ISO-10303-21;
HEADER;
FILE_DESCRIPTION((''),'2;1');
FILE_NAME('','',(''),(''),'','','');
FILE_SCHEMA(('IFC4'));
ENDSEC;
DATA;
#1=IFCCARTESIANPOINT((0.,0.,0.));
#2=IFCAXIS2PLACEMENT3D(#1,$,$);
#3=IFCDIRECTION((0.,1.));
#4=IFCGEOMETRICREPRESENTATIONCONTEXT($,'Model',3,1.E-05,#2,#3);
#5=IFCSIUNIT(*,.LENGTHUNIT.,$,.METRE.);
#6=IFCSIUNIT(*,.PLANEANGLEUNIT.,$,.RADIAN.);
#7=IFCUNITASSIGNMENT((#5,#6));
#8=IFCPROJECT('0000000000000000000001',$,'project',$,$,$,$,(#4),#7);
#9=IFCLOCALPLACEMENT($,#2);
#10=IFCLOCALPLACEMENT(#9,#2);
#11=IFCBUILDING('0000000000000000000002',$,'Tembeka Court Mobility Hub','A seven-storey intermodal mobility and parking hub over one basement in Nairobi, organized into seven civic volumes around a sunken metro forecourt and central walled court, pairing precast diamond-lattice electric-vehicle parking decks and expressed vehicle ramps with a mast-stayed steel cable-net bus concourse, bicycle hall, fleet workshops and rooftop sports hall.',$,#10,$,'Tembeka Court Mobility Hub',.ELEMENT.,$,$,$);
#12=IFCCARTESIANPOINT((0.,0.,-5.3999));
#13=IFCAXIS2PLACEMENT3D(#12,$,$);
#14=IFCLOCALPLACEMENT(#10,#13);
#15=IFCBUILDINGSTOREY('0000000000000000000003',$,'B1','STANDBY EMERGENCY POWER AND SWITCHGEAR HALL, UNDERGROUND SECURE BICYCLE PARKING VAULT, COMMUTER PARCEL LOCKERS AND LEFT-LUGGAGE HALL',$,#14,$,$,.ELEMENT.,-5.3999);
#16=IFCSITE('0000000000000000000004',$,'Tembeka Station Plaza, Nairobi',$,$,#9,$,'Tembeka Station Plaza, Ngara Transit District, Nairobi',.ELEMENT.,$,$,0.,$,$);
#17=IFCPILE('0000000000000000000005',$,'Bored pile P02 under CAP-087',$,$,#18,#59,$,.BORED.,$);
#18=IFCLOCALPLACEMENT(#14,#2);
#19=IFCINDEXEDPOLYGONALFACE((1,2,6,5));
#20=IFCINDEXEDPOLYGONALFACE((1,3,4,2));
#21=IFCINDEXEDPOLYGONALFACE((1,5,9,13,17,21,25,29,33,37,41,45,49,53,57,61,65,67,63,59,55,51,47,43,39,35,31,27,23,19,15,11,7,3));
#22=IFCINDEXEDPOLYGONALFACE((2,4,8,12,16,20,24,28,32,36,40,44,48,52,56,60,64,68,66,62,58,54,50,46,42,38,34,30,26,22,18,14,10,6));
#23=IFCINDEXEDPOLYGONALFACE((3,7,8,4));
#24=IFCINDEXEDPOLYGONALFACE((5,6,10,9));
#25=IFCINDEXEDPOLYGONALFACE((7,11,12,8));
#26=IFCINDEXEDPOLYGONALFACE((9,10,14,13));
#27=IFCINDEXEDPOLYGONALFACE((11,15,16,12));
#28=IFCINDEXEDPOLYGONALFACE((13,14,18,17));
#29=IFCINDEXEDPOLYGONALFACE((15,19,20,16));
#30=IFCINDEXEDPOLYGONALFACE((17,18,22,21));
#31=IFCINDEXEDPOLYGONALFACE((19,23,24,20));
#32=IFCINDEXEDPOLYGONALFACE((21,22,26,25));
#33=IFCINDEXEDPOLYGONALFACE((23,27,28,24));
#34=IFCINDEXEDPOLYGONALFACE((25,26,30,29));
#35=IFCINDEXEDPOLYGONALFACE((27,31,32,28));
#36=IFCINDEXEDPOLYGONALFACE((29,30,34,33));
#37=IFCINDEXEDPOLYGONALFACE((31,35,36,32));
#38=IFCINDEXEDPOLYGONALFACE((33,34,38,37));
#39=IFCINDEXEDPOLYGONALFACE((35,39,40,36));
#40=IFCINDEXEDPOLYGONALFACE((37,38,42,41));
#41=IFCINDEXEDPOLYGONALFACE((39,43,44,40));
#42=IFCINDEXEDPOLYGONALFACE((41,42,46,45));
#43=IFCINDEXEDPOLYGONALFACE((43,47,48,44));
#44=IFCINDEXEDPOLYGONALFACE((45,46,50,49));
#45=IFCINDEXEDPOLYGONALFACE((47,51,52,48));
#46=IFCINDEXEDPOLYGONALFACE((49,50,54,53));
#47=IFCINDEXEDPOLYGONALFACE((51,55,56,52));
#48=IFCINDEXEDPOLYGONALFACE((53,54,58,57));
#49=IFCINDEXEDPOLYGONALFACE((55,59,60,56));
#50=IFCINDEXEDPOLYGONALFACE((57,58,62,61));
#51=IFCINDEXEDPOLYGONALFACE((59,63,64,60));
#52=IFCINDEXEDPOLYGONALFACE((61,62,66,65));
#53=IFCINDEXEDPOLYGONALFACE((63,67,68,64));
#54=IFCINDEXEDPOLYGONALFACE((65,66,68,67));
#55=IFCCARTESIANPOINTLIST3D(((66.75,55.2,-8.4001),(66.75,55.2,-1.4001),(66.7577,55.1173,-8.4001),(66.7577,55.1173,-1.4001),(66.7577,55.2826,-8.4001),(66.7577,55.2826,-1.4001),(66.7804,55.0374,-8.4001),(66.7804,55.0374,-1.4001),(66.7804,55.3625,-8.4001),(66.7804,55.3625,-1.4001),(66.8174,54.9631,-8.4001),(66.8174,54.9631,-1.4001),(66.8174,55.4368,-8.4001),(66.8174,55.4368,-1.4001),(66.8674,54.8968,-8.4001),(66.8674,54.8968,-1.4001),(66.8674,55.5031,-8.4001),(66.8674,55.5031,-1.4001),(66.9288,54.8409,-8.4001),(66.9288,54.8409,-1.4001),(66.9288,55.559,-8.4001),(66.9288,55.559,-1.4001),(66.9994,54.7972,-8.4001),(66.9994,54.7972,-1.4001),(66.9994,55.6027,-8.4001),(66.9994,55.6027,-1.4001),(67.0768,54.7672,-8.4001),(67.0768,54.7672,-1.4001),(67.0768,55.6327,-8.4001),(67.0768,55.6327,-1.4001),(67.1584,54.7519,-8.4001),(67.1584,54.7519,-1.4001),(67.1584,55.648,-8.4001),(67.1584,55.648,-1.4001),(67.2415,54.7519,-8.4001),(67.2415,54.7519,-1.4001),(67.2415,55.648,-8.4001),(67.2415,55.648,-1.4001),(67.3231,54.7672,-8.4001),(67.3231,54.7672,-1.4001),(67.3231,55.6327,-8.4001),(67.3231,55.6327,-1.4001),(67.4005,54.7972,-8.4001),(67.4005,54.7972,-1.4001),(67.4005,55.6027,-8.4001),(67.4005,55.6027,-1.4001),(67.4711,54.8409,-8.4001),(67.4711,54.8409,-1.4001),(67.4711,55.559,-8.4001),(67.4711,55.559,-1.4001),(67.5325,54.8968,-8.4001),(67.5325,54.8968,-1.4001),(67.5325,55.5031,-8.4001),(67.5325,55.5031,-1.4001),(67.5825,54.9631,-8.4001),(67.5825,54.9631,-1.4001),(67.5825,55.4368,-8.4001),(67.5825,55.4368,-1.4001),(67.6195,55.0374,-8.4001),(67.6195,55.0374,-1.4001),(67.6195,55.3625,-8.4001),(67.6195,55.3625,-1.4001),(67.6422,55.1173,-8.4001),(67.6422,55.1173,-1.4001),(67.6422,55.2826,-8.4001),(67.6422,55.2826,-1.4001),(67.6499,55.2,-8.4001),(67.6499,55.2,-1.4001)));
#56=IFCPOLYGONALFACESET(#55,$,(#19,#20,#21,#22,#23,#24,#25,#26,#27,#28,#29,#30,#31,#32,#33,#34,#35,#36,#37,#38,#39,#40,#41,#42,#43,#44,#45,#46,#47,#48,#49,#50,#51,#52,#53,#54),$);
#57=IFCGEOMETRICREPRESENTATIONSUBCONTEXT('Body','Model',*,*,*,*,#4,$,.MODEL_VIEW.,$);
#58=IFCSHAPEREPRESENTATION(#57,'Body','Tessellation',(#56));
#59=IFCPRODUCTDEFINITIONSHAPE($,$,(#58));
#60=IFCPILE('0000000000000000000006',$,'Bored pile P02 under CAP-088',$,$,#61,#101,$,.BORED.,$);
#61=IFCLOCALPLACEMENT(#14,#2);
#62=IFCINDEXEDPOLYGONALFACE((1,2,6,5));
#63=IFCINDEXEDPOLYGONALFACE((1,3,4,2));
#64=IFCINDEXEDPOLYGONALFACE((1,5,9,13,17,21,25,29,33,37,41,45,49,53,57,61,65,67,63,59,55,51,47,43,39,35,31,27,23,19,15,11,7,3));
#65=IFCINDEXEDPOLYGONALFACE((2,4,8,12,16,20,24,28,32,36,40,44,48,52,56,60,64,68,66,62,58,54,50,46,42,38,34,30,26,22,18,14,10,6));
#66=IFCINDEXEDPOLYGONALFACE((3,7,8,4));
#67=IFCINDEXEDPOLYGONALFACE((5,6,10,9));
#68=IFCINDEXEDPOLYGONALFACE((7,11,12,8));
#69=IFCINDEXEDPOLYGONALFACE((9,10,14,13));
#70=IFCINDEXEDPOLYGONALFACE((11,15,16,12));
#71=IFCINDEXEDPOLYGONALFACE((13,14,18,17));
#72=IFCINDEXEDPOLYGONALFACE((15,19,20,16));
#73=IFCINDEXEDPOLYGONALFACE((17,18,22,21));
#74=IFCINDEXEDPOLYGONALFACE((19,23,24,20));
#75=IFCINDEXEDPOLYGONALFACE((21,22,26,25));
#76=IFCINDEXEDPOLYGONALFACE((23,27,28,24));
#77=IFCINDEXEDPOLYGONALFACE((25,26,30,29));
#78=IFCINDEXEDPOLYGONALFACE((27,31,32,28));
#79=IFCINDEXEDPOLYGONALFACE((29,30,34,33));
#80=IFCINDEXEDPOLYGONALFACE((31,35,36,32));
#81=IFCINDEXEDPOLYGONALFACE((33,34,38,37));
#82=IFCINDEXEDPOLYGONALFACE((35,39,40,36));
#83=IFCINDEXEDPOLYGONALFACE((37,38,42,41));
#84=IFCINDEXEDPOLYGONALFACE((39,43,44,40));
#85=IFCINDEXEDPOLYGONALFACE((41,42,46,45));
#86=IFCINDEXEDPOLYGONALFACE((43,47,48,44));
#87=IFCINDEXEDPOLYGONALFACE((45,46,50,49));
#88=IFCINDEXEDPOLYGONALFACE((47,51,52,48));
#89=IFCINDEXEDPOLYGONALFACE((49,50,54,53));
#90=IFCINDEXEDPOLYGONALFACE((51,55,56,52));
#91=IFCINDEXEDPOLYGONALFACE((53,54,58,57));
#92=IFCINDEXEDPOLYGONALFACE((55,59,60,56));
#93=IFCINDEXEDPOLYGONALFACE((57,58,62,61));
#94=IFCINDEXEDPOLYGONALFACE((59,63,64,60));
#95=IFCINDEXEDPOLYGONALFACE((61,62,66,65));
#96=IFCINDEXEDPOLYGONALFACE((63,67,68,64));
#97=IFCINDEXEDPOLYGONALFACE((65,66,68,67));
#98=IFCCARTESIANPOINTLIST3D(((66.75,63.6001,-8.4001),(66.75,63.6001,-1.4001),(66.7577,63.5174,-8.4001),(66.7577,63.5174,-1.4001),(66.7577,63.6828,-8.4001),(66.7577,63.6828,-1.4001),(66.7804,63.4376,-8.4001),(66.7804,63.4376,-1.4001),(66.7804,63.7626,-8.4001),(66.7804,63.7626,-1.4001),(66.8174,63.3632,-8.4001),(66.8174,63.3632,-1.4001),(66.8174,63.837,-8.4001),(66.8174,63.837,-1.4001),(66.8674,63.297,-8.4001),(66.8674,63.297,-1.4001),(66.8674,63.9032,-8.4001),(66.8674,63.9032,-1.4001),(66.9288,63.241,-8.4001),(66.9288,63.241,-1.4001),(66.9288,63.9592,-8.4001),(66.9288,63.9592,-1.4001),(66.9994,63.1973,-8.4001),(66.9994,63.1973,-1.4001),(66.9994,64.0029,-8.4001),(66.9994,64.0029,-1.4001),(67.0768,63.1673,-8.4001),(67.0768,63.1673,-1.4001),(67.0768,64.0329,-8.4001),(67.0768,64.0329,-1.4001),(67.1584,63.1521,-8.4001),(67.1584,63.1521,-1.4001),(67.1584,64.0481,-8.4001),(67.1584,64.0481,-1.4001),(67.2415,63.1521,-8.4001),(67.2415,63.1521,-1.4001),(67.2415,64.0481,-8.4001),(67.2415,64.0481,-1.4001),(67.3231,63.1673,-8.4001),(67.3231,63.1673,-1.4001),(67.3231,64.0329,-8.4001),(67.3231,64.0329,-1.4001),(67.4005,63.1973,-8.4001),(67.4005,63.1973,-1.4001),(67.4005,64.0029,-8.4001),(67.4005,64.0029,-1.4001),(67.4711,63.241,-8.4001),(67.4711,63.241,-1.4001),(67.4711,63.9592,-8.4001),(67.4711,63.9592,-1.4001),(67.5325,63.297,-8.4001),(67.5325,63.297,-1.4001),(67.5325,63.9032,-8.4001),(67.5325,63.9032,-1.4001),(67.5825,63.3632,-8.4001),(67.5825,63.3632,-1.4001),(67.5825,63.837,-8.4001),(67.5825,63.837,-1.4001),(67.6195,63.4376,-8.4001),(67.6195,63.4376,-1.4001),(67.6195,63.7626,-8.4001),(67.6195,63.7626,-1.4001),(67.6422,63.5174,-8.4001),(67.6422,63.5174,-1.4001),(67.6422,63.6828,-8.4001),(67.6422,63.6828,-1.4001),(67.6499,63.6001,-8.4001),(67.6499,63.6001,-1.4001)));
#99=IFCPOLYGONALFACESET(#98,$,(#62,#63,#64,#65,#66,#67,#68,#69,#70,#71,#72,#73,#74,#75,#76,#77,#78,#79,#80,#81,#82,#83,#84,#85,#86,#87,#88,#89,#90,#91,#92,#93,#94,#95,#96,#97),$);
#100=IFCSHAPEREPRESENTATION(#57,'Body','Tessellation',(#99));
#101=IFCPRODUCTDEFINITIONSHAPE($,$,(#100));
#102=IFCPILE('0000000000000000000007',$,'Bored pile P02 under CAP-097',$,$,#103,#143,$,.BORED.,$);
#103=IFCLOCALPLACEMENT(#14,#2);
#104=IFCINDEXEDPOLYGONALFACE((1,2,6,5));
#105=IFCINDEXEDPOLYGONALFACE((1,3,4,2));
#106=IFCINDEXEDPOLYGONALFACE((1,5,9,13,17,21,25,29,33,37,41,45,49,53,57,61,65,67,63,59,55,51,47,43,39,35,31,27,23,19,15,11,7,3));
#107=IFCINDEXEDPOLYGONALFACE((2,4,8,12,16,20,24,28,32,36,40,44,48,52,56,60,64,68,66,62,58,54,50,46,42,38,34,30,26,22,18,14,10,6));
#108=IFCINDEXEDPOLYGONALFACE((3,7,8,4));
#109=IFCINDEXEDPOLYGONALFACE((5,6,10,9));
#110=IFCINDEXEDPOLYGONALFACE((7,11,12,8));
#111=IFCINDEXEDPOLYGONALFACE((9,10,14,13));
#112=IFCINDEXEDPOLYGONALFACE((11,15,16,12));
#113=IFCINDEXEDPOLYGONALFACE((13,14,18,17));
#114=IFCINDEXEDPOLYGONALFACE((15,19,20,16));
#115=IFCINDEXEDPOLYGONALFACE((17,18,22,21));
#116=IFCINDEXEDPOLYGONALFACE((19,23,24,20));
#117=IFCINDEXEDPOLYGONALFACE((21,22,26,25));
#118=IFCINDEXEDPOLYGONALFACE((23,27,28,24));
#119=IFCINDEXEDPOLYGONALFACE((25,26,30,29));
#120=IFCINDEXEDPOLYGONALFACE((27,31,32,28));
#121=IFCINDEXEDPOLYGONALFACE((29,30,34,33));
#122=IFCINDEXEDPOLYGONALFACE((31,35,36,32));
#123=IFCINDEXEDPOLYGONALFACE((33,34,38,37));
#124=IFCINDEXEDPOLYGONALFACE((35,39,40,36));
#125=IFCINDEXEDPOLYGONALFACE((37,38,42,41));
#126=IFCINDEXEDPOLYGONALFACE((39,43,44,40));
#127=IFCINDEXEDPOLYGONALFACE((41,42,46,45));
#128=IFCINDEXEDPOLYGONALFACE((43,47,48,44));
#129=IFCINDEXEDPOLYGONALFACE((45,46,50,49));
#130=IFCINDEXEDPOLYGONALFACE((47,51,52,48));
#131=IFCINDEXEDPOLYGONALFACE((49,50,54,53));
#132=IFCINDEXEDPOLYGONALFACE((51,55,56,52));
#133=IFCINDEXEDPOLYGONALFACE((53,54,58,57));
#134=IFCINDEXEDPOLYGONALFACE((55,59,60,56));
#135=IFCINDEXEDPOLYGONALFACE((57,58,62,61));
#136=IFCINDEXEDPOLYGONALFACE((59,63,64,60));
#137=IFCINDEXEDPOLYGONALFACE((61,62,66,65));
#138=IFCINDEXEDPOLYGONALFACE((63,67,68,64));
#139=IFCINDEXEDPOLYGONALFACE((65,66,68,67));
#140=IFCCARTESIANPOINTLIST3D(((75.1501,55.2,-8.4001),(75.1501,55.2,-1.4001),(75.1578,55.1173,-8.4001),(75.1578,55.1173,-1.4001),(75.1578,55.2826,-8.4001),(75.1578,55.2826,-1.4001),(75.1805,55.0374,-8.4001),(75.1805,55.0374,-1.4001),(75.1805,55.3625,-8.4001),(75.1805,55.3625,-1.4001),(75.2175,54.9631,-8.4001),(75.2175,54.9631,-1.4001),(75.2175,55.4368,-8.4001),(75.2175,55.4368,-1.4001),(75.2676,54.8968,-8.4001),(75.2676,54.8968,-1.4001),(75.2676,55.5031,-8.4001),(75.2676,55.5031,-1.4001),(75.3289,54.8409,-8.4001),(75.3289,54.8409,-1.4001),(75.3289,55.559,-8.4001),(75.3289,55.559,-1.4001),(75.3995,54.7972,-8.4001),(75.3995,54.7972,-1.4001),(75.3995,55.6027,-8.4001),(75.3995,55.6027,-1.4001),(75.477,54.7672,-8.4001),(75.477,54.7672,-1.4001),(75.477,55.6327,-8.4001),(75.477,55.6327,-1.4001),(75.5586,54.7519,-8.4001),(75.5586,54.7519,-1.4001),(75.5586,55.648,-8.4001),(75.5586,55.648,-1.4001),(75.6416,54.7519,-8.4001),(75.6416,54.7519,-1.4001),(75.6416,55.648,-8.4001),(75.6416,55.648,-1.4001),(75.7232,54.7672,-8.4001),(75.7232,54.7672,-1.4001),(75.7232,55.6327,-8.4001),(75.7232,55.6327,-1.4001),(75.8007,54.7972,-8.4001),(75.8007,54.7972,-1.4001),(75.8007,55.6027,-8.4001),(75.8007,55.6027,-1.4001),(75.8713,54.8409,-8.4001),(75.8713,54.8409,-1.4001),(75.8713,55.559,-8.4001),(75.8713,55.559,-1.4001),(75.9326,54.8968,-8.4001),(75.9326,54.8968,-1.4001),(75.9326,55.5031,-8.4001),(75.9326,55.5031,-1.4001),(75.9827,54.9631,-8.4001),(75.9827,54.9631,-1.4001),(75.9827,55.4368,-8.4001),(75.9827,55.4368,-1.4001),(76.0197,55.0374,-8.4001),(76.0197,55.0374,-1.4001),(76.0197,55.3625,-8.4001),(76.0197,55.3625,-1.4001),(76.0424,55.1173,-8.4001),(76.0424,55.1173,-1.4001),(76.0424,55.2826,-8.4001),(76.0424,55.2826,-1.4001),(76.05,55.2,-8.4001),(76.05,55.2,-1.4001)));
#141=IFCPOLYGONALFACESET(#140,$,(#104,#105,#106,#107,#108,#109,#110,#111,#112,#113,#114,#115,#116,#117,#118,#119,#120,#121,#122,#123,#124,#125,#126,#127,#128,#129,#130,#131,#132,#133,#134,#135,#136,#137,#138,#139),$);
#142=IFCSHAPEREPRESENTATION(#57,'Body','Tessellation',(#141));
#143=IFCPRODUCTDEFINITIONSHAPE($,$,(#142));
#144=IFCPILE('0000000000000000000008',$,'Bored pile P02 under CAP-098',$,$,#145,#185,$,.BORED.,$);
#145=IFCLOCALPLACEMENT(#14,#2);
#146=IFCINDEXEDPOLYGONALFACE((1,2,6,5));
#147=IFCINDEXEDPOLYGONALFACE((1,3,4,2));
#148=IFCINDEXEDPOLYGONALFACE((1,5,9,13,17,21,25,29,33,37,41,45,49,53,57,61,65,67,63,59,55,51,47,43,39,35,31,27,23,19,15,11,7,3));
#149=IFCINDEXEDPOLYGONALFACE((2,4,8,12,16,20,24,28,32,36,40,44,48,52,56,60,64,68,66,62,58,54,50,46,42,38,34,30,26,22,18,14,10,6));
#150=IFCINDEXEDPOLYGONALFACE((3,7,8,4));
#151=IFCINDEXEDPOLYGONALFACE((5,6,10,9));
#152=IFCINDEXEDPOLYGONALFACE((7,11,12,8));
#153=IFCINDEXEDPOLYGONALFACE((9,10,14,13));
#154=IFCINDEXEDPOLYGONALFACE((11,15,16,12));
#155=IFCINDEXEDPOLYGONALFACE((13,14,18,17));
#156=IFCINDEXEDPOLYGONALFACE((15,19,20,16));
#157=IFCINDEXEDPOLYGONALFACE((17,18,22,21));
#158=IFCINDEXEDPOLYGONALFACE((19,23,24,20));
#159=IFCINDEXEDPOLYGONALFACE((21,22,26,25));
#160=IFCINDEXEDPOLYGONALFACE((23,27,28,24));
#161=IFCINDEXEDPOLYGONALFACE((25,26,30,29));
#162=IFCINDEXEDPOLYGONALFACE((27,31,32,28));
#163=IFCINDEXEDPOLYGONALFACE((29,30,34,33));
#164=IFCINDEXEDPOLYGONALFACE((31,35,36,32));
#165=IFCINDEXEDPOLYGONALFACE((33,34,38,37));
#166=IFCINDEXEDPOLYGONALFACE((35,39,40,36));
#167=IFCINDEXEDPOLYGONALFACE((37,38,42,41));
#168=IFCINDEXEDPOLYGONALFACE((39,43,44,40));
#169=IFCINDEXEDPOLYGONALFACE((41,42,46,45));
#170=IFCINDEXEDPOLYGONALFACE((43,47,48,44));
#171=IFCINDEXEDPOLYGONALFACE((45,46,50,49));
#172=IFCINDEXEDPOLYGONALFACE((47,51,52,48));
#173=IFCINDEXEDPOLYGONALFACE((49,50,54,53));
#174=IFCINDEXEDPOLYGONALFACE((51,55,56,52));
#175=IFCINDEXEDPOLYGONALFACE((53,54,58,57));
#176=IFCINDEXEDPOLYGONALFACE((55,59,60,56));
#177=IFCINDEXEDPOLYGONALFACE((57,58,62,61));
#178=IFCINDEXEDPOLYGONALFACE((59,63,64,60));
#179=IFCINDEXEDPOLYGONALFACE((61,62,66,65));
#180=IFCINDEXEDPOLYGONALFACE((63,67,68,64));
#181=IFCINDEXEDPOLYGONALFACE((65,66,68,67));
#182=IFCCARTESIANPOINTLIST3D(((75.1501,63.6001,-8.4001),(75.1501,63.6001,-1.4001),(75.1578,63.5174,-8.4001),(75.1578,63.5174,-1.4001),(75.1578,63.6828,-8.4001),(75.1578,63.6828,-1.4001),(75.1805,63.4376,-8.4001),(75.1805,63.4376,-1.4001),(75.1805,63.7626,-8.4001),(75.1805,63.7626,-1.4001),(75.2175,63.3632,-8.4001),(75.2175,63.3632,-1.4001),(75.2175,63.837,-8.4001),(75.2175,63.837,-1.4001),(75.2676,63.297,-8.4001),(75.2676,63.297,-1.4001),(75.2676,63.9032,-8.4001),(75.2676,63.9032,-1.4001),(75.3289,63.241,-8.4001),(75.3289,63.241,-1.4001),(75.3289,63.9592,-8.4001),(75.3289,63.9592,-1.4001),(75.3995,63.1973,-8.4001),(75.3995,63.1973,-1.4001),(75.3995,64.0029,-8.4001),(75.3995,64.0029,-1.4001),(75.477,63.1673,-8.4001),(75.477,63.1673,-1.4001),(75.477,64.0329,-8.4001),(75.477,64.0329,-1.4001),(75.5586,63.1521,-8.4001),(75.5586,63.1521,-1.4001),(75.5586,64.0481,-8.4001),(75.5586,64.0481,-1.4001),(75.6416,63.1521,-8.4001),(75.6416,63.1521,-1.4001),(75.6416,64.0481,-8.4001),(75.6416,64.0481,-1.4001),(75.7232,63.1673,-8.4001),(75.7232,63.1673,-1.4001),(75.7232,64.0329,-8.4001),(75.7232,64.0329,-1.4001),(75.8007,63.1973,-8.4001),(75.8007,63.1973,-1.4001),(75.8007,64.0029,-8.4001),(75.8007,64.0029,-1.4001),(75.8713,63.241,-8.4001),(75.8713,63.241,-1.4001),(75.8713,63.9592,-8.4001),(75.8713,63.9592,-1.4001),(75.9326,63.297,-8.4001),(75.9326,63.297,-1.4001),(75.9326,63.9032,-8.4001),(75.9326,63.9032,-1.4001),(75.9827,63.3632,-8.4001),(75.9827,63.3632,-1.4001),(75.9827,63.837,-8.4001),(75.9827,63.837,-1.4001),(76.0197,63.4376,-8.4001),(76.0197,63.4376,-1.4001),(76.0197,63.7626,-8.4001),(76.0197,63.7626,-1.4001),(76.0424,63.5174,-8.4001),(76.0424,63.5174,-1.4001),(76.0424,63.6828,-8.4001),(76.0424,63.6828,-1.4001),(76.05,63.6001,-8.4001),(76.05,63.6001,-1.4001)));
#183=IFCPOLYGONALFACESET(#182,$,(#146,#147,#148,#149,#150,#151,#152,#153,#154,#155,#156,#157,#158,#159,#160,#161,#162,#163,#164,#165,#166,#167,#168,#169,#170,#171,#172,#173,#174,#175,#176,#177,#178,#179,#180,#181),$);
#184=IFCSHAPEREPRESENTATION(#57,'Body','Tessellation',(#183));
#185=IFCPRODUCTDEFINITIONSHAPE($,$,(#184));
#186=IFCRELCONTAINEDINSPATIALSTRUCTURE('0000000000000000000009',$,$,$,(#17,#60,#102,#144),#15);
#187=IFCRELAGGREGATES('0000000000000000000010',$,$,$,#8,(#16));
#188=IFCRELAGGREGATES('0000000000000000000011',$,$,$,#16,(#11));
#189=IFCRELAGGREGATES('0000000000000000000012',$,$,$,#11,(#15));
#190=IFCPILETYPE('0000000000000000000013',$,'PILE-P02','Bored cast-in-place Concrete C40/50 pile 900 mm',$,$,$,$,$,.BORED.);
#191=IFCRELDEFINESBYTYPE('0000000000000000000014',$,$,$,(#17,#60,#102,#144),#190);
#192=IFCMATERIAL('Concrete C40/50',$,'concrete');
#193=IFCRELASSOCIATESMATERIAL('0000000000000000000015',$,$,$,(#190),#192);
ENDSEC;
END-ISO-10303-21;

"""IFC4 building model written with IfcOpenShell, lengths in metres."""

from ifc_helpers import new_model, si_unit, direction, frame, origin, origin_2d, place, context, subcontext, project, spatial, circle, extrude, material, material_profile, profile_set, type_object, element, save


model = new_model("IFC4")

# Units and contexts
model_context = context("Model", 3, precision=1e-05, world=origin(), true_north=direction((0.0, 1.0)))
body_context = subcontext(model_context, "Body", "Model", "MODEL_VIEW")
ifc_project = project(units=[si_unit("LENGTHUNIT", "METRE"), si_unit("PLANEANGLEUNIT", "RADIAN")], contexts=[model_context])

# Site, building, storey
site_placement = place(None, origin())
site = spatial("IfcSite", under=ifc_project, at=site_placement, Name="Tembeka Station Plaza, Nairobi", LongName="Tembeka Station Plaza, Ngara Transit District, Nairobi", CompositionType="ELEMENT", RefElevation=0.0)
building_placement = place(site_placement, origin())
building = spatial("IfcBuilding", under=site, at=building_placement, Name="Tembeka Court Mobility Hub", Description="A seven-storey intermodal mobility and parking hub over one basement in Nairobi, organized into seven civic volumes around a sunken metro forecourt and central walled court, pairing precast diamond-lattice electric-vehicle parking decks and expressed vehicle ramps with a mast-stayed steel cable-net bus concourse, bicycle hall, fleet workshops and rooftop sports hall.", LongName="Tembeka Court Mobility Hub", CompositionType="ELEMENT")
storey_placement = place(building_placement, frame((0.0, 0.0, -5.3999)))
storey = spatial("IfcBuildingStorey", under=building, at=storey_placement, Name="B1", Description="STANDBY EMERGENCY POWER AND SWITCHGEAR HALL, UNDERGROUND SECURE BICYCLE PARKING VAULT, COMMUTER PARCEL LOCKERS AND LEFT-LUGGAGE HALL", CompositionType="ELEMENT", Elevation=-5.3999)

# Shared definitions
ifc_material_1 = material(Name="Concrete C40/50", Category="concrete")

# Piles
ifc_material_profile_1 = material_profile(ifc_material_1, circle(Radius=0.45, at=origin_2d()), Name="PILE D900")
ifc_profile_set_1 = profile_set([ifc_material_profile_1], Name="Concrete C40/50")
pile_type = type_object("IfcPileType", Name="PILE-P02", Description="Bored cast-in-place Concrete C40/50 pile 900 mm", PredefinedType="BORED", material=ifc_profile_set_1)
for number, where, z_axis, x_axis, name in (
    (1, (67.2, 55.2, -1.4001), (0.0, 0.0, -1.0), (1.0, 0.0, 0.0), "Bored pile P02 under CAP-087"),
    (2, (67.2, 63.6001, -1.4001), (0.0, 0.0, -1.0), (1.0, 0.0, 0.0), "Bored pile P02 under CAP-088"),
    (3, (75.6001, 55.2, -1.4001), (0.0, 0.0, -1.0), (1.0, 0.0, 0.0), "Bored pile P02 under CAP-097"),
    (4, (75.6001, 63.6001, -1.4001), (0.0, 0.0, -1.0), (1.0, 0.0, 0.0), "Bored pile P02 under CAP-098"),
):
    element("IfcPile", number, at=place(storey_placement, frame(where, z_axis=z_axis, x_axis=x_axis)), inside=storey, type_object=pile_type, Name=name, PredefinedType="BORED", context=body_context, shape_type="SweptSolid", body=[
        extrude(circle(Radius=0.45, at=origin_2d()), origin(), (0.0, 0.0, 1.0), 7.0),
    ])

save(model, "model.ifc")
